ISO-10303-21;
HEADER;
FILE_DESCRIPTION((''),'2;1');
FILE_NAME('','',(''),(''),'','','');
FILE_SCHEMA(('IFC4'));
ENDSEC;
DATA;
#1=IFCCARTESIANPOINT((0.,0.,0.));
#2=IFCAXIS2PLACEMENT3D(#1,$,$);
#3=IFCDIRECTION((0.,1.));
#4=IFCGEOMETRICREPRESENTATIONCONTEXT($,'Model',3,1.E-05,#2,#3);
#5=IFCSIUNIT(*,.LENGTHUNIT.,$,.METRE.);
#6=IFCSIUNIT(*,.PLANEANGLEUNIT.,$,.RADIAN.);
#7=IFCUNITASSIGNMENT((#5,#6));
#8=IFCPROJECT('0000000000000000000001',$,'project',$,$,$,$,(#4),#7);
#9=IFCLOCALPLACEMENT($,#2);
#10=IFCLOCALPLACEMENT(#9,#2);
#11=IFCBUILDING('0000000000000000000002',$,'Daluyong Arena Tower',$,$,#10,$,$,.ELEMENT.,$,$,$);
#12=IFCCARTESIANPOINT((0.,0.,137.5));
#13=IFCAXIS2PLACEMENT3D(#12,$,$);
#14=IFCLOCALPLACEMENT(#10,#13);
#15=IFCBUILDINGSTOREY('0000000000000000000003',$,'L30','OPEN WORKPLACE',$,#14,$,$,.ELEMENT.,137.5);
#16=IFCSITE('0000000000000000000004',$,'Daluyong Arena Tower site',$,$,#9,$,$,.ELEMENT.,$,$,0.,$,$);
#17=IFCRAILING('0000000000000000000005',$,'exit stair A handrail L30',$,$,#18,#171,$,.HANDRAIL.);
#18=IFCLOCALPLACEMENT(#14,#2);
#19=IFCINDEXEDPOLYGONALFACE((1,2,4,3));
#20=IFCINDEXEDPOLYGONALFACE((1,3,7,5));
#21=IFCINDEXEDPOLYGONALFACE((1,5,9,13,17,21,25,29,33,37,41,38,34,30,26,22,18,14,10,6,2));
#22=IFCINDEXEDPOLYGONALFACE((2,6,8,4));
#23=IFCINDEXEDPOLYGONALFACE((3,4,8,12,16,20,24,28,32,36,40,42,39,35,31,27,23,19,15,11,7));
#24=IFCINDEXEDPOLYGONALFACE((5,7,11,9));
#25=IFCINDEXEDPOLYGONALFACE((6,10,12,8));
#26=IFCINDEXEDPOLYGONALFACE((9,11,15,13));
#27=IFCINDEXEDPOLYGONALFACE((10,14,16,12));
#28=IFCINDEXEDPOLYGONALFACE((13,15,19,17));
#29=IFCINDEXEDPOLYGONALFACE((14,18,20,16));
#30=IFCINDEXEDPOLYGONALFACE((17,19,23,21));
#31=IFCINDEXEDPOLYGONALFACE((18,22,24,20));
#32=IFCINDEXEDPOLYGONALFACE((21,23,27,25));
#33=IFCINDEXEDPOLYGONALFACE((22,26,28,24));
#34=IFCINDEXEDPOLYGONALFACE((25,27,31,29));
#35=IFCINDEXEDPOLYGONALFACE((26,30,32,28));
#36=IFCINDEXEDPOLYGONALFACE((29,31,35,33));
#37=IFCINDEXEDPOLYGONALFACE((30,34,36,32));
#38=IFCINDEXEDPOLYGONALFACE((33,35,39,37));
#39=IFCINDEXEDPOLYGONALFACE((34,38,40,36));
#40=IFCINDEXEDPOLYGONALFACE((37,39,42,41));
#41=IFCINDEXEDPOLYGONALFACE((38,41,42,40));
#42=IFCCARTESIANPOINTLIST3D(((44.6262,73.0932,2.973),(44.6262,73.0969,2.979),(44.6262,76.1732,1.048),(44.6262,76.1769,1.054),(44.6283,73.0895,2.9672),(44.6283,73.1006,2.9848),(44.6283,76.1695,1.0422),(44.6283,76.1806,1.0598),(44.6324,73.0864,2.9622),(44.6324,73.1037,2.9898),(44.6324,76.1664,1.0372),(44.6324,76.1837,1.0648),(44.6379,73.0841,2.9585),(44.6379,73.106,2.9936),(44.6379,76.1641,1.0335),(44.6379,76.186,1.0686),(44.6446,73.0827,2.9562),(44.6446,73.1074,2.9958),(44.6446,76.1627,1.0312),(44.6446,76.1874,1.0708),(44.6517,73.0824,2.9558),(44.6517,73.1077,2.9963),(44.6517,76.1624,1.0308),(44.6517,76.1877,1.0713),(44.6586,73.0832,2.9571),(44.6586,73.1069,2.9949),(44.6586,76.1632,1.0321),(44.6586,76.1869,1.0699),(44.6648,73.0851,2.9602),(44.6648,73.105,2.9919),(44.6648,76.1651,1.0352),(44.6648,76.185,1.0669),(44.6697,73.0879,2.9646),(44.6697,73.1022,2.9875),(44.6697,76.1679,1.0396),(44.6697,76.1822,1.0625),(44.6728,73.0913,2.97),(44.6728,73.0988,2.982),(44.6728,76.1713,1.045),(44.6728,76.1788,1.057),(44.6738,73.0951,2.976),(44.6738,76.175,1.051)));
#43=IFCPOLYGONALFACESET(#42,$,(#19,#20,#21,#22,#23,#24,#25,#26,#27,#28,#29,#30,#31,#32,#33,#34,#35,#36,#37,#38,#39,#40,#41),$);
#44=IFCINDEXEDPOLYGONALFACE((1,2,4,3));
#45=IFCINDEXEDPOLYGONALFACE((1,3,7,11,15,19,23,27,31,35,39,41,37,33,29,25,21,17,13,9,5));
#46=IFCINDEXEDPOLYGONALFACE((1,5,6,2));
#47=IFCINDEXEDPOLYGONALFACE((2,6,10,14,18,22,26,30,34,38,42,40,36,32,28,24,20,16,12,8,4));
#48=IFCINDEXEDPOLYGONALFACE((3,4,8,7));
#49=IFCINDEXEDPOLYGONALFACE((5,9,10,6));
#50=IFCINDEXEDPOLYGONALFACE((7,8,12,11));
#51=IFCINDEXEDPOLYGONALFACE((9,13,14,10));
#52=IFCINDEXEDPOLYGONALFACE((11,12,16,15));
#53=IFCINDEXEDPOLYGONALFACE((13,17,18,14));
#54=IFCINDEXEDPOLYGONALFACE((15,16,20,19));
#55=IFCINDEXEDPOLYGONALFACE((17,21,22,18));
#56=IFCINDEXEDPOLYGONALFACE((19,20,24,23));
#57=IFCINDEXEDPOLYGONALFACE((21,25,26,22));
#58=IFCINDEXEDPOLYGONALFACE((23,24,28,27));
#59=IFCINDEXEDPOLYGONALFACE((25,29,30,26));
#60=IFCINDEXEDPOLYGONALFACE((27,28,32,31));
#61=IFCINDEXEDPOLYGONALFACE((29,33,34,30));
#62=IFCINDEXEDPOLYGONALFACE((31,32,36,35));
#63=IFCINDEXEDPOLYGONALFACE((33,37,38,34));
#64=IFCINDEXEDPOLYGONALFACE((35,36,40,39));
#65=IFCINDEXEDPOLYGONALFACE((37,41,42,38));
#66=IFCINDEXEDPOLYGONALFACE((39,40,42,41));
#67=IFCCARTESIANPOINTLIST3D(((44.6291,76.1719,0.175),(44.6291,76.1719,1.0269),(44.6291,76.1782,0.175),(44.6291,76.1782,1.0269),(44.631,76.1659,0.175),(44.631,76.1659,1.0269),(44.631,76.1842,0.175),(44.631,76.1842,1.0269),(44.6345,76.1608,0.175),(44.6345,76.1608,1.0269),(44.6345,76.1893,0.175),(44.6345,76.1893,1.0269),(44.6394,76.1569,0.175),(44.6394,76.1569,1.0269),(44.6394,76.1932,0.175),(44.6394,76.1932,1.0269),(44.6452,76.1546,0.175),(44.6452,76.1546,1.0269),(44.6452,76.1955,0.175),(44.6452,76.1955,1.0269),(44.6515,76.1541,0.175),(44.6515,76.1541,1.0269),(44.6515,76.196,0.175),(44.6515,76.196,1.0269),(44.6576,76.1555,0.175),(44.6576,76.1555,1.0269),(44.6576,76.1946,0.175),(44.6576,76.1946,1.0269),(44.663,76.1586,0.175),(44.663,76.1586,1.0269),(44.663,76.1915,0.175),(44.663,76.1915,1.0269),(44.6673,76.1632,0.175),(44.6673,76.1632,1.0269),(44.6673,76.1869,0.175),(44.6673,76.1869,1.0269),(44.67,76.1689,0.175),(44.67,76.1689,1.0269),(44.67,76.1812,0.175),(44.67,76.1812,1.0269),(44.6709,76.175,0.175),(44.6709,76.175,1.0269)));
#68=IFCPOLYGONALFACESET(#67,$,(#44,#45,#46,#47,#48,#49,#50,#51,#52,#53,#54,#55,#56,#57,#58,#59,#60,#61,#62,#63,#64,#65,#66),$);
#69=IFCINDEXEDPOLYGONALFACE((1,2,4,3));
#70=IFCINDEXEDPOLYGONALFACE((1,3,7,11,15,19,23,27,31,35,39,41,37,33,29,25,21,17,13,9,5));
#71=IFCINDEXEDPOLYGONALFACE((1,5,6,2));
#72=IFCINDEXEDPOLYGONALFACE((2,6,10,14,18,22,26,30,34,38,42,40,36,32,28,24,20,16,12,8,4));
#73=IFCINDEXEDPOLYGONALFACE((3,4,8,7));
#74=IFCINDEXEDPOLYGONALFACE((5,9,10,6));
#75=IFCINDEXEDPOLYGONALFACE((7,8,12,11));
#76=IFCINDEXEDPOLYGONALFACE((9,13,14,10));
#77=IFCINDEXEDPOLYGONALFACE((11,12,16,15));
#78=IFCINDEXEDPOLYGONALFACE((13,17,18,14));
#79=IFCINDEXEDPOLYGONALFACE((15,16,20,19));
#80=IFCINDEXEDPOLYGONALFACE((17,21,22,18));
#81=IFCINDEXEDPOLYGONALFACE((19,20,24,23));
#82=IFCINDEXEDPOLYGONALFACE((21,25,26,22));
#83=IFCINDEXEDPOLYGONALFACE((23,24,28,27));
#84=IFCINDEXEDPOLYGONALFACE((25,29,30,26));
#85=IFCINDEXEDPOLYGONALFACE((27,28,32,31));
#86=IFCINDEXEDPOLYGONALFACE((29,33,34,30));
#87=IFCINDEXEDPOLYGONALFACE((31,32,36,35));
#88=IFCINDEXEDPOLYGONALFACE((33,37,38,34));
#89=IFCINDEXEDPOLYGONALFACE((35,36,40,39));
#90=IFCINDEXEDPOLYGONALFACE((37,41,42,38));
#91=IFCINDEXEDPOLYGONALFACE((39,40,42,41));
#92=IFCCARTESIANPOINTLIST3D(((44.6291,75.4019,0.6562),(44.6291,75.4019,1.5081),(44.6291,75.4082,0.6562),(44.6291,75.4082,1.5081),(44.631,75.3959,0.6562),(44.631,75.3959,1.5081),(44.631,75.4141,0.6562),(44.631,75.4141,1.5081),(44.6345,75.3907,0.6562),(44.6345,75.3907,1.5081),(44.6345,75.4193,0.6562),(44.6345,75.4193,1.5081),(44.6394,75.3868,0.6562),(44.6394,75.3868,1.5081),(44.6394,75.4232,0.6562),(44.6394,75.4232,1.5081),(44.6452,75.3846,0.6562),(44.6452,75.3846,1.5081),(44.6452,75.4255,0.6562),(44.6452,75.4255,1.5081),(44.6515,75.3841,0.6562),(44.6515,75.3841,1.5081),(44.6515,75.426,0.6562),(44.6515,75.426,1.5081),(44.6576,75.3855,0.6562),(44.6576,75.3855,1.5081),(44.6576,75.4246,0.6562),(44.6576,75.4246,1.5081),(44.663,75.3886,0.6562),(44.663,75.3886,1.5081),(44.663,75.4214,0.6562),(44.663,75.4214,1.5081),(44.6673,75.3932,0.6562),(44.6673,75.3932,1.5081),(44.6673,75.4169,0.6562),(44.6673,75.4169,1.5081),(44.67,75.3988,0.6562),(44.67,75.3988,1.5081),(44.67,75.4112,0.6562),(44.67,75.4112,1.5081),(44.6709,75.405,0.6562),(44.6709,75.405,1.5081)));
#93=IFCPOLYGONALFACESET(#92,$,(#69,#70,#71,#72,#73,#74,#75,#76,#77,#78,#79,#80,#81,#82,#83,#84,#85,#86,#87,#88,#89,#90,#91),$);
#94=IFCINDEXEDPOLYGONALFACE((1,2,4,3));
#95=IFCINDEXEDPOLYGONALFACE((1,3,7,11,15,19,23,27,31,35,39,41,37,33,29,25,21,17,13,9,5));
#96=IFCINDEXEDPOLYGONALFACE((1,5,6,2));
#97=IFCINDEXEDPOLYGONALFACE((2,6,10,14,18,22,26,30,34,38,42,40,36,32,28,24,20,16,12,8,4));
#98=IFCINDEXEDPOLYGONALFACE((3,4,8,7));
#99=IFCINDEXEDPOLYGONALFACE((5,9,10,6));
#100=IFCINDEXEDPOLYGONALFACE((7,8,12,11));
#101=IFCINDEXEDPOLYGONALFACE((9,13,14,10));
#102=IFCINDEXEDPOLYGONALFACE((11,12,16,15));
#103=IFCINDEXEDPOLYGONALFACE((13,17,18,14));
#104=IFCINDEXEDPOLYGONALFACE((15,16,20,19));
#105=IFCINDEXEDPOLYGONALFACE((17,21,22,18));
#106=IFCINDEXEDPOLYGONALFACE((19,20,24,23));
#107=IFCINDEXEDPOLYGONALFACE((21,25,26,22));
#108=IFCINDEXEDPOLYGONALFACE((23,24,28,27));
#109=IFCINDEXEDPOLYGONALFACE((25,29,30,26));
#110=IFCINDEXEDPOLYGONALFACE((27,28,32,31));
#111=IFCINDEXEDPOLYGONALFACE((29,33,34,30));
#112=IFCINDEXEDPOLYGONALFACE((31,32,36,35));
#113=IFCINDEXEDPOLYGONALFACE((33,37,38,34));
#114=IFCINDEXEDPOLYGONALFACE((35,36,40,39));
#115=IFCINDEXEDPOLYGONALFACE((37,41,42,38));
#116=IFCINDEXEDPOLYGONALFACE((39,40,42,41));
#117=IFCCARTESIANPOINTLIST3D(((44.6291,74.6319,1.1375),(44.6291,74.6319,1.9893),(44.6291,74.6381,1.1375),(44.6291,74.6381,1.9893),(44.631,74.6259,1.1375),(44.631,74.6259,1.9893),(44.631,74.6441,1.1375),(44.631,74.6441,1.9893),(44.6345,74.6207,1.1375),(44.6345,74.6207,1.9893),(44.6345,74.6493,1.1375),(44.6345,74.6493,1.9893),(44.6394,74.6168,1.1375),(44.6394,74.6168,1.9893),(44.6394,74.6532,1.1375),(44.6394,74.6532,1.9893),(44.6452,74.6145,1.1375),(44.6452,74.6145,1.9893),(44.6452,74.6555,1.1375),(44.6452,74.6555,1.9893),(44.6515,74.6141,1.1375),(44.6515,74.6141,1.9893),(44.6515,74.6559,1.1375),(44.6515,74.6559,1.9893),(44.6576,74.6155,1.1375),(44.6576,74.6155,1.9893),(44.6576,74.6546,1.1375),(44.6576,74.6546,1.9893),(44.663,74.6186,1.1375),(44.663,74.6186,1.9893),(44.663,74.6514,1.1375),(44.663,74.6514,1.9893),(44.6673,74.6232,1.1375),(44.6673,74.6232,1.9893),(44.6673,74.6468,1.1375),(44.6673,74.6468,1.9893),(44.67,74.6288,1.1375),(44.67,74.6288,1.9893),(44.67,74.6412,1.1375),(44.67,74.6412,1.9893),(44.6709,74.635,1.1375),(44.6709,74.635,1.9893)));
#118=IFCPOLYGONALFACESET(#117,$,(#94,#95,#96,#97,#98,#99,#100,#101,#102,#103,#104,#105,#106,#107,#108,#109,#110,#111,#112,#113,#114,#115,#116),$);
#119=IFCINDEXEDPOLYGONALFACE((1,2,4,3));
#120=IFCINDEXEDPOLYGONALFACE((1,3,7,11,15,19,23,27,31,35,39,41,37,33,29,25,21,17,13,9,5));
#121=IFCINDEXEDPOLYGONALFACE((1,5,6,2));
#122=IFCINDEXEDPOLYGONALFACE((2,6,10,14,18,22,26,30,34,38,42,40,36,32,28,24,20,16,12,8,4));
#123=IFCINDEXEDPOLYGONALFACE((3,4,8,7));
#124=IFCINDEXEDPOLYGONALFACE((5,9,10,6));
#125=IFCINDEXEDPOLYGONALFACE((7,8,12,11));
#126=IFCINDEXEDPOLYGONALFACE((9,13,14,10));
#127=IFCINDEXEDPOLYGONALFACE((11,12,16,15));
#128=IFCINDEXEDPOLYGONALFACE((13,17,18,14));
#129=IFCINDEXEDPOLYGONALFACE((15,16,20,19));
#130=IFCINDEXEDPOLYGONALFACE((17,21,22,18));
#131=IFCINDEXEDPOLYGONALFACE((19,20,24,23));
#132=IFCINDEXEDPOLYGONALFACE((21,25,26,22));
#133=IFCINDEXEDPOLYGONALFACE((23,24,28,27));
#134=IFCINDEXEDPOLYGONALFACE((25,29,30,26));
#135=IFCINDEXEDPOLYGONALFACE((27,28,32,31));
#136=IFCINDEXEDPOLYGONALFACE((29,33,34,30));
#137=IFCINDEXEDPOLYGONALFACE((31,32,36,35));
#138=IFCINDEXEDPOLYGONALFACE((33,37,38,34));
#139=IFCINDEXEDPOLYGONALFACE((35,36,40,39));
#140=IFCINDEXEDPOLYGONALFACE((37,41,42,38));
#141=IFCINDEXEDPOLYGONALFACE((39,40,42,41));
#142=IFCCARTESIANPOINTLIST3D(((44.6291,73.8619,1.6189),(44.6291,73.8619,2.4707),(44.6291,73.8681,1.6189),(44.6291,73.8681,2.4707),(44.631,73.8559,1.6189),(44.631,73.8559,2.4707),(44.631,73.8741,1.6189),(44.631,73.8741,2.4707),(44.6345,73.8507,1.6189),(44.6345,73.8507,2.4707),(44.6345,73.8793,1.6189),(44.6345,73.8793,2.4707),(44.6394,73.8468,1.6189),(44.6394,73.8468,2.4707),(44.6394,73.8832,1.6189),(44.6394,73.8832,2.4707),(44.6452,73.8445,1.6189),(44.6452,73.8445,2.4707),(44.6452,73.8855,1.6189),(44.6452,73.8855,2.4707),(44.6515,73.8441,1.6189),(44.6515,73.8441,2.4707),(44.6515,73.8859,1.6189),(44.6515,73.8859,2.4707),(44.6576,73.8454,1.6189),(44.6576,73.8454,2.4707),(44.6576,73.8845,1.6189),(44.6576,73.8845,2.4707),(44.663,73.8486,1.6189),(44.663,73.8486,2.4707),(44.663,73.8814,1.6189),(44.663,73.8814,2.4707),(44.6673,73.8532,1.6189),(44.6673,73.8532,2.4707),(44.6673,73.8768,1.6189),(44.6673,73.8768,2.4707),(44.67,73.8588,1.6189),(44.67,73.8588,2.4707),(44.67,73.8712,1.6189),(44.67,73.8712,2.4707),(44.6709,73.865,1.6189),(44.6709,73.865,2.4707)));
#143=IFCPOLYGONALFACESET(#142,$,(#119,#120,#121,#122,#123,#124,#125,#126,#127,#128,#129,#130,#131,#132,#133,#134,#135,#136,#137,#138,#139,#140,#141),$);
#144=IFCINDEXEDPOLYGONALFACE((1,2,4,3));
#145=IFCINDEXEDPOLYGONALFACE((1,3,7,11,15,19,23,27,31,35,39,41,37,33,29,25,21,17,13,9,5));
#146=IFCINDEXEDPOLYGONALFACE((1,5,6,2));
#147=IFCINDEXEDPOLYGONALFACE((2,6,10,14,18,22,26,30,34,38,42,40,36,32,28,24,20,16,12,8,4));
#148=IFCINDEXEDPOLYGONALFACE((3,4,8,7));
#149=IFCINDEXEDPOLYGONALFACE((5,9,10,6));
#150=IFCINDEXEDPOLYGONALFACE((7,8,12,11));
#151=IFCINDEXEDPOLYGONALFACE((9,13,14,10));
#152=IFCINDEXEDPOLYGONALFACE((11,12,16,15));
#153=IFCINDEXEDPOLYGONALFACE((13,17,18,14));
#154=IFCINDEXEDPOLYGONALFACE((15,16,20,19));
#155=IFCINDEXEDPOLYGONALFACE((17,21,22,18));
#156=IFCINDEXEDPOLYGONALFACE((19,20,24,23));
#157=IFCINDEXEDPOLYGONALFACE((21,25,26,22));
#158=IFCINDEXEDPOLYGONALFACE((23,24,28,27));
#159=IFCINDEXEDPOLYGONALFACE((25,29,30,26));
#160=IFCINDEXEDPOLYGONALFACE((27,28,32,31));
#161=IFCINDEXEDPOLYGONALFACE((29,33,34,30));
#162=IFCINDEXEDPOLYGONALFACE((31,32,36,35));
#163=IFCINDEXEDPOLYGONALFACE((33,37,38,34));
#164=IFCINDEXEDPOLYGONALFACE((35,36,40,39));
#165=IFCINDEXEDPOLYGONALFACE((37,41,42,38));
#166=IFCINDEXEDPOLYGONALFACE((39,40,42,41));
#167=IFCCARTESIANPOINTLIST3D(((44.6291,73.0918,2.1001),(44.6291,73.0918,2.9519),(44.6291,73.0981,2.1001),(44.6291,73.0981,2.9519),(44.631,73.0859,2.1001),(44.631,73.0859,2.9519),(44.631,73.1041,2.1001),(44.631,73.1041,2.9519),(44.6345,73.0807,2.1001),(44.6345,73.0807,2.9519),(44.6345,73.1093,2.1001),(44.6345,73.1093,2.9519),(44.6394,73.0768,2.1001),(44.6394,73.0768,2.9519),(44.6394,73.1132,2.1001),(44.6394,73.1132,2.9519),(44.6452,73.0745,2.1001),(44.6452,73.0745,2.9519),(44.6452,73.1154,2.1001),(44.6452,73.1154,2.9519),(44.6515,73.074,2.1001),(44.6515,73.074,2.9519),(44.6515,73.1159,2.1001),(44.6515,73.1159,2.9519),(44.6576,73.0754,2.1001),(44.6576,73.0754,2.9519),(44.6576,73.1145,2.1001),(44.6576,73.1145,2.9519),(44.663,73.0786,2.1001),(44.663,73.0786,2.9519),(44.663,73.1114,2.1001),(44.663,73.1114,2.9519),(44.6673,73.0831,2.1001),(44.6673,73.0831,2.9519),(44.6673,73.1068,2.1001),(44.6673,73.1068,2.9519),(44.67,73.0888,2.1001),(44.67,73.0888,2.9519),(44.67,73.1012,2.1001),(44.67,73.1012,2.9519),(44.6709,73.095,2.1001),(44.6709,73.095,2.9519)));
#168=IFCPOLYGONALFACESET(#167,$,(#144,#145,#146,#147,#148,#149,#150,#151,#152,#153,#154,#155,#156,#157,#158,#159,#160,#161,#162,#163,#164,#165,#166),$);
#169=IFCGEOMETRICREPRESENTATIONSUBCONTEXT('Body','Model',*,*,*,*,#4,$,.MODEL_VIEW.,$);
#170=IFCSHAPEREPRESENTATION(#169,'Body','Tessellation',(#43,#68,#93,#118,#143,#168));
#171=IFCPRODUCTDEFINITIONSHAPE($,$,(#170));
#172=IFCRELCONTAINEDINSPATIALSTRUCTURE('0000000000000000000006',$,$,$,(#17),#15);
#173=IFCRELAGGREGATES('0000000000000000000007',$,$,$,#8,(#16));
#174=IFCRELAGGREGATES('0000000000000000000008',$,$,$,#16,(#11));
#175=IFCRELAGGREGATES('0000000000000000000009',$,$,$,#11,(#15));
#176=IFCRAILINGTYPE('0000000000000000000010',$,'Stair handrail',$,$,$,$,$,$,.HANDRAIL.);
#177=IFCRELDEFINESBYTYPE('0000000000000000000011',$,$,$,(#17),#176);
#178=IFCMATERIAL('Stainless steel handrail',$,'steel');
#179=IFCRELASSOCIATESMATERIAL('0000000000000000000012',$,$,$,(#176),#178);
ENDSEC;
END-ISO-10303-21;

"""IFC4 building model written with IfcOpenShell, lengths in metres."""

from ifc_helpers import new_model, si_unit, direction, frame, origin, origin_2d, place, context, subcontext, project, spatial, circle, extrude, material, type_object, element, save


model = new_model("IFC4")

# Units and contexts
model_context = context("Model", 3, precision=1e-05, world=origin(), true_north=direction((0.0, 1.0)))
body_context = subcontext(model_context, "Body", "Model", "MODEL_VIEW")
ifc_project = project(units=[si_unit("LENGTHUNIT", "METRE"), si_unit("PLANEANGLEUNIT", "RADIAN")], contexts=[model_context])

# Site, building, storey
site_placement = place(None, origin())
site = spatial("IfcSite", under=ifc_project, at=site_placement, Name="Daluyong Arena Tower site", CompositionType="ELEMENT", RefElevation=0.0)
building_placement = place(site_placement, origin())
building = spatial("IfcBuilding", under=site, at=building_placement, Name="Daluyong Arena Tower", CompositionType="ELEMENT")
storey_placement = place(building_placement, frame((0.0, 0.0, 137.5)))
storey = spatial("IfcBuildingStorey", under=building, at=storey_placement, Name="L30", Description="OPEN WORKPLACE", CompositionType="ELEMENT", Elevation=137.5)

# Railing
ifc_material_1 = material(Name="Stainless steel handrail", Category="steel")
railing_type_1 = type_object("IfcRailingType", Name="Stair handrail", PredefinedType="HANDRAIL", material=ifc_material_1)
railing_1_placement = place(storey_placement, frame((44.6499, 76.175, 0.175)))
element("IfcRailing", 1, at=railing_1_placement, inside=storey, type_object=railing_type_1, Name="exit stair A handrail L30", PredefinedType="HANDRAIL", context=body_context, shape_type="SweptSolid", body=[
    extrude(circle(Radius=0.0239, at=origin_2d()), frame((0.0, 0.0, 0.876), z_axis=(0.0, -0.847998, 0.529999), x_axis=(1.0, 0.0, 0.0)), (0.0, 0.0, 1.0), 3.6321),
    extrude(circle(Radius=0.021, at=origin_2d()), origin(), (0.0, 0.0, 1.0), 0.8518),
    extrude(circle(Radius=0.021, at=origin_2d()), frame((0.0, -0.77, 0.4812)), (0.0, 0.0, 1.0), 0.8518),
    extrude(circle(Radius=0.021, at=origin_2d()), frame((0.0, -1.54, 0.9624)), (0.0, 0.0, 1.0), 0.8518),
    extrude(circle(Radius=0.021, at=origin_2d()), frame((0.0, -2.3101, 1.4438)), (0.0, 0.0, 1.0), 0.8518),
    extrude(circle(Radius=0.021, at=origin_2d()), frame((0.0, -3.0801, 1.925)), (0.0, 0.0, 1.0), 0.8518),
])

save(model, "model.ifc")
